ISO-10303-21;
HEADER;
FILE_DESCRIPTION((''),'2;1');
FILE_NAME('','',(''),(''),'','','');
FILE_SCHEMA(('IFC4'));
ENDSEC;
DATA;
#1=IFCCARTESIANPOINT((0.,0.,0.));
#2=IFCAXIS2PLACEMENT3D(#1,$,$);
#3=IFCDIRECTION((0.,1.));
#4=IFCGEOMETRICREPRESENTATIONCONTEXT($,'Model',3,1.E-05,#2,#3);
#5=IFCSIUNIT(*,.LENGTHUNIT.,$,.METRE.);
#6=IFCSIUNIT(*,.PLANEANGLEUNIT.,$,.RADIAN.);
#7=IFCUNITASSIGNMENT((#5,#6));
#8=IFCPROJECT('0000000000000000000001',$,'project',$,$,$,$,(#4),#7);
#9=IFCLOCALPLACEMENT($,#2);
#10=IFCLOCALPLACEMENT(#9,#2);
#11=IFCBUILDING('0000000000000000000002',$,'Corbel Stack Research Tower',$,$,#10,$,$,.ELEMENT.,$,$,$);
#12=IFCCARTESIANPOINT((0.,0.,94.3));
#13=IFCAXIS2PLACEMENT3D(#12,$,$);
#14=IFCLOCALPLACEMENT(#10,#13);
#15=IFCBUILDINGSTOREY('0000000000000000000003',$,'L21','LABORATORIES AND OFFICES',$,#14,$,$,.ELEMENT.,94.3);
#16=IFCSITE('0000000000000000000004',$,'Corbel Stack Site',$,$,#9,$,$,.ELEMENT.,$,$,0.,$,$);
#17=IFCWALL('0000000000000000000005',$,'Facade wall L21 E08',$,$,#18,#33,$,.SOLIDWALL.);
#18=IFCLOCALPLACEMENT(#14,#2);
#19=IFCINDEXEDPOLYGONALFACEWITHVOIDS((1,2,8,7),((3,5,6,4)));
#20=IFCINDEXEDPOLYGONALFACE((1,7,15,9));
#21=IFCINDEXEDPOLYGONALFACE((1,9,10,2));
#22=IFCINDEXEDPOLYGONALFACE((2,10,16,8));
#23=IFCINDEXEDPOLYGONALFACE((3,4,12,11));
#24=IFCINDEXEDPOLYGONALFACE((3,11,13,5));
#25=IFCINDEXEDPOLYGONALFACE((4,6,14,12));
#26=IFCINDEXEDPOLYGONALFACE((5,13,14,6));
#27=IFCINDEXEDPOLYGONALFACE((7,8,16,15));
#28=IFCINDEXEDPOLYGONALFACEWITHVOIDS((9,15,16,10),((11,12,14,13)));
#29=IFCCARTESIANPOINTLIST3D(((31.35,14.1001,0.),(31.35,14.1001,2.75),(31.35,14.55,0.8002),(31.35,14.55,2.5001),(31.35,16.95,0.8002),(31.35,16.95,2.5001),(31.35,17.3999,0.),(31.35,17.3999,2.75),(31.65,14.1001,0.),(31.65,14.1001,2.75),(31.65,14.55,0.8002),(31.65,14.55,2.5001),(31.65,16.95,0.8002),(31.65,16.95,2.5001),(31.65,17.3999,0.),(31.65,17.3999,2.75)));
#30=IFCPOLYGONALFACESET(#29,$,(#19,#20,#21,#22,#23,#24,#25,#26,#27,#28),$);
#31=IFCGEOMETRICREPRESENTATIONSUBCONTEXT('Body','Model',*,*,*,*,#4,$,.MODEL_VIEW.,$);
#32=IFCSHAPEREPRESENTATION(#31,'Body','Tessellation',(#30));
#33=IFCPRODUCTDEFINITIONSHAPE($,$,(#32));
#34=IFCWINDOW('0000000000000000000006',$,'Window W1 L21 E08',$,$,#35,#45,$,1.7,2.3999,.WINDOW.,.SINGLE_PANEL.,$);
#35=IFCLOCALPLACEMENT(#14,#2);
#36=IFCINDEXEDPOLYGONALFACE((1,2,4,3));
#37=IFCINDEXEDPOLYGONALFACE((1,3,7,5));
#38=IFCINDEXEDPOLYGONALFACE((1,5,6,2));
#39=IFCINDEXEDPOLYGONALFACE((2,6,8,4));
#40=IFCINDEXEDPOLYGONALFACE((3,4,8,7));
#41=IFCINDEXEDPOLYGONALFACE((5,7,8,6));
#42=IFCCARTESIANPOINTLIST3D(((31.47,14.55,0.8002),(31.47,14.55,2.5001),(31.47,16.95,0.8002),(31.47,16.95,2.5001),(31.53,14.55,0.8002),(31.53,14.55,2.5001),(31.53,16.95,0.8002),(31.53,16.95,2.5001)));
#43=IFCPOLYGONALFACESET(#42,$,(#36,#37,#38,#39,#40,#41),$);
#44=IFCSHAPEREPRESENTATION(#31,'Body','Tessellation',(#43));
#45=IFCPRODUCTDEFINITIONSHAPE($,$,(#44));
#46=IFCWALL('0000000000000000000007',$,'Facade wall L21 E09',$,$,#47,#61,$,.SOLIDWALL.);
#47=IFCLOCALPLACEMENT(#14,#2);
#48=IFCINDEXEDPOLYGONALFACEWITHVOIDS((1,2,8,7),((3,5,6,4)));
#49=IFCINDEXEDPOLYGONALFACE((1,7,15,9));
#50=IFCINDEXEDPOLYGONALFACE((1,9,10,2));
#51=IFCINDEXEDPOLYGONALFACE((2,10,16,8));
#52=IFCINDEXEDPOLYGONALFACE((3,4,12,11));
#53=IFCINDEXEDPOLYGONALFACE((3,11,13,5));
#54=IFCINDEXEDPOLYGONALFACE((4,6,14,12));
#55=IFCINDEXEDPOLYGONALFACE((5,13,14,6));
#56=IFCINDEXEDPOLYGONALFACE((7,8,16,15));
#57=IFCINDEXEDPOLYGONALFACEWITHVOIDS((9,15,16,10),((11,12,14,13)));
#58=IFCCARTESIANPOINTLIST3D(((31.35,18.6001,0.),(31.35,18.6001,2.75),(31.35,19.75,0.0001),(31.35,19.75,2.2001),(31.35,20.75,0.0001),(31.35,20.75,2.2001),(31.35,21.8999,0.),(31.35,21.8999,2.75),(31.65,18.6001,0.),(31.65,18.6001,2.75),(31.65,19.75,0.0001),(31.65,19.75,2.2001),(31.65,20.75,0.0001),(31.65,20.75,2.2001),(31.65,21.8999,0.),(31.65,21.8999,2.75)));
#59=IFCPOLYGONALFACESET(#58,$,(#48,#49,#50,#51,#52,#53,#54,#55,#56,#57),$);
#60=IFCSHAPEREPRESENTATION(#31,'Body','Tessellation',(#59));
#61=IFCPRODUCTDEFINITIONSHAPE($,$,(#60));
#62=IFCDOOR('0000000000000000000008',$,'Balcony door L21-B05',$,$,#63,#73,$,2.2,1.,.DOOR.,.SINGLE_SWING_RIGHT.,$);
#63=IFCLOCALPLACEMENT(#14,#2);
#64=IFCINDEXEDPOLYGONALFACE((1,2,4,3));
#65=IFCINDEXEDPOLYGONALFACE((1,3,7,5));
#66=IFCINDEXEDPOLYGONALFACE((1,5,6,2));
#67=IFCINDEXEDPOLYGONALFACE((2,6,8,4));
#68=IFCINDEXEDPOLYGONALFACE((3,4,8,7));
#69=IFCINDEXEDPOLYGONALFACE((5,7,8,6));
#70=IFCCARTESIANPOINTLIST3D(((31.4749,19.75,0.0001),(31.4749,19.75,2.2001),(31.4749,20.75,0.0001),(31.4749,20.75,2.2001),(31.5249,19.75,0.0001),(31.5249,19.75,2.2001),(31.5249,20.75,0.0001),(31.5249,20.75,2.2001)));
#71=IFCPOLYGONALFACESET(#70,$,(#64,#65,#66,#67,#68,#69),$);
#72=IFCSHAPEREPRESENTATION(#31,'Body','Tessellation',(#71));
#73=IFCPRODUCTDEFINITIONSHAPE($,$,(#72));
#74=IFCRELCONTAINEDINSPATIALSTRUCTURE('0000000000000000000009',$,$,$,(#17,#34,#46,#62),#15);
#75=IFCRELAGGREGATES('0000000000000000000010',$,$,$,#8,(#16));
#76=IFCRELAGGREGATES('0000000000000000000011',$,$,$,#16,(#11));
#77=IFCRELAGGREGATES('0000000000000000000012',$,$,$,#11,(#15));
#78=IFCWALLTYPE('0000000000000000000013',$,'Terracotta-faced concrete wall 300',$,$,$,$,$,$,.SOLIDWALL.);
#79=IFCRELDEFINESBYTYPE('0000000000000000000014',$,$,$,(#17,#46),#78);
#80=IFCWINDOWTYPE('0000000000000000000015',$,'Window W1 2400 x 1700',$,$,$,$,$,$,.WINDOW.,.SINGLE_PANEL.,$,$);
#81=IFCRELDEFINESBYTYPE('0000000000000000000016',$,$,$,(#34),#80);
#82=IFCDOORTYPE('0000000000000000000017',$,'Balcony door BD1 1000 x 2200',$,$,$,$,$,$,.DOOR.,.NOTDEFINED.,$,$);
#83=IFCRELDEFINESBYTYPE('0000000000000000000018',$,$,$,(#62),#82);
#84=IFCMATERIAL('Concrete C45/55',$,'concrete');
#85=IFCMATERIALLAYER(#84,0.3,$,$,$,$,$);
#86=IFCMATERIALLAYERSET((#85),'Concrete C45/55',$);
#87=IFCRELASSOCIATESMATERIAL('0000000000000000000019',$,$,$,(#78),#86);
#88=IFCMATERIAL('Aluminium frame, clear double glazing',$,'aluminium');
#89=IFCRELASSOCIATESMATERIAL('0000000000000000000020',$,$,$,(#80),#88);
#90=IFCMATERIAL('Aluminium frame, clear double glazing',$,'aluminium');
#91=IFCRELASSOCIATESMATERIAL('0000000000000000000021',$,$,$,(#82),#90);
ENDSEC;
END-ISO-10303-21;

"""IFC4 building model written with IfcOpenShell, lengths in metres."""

from ifc_helpers import new_model, si_unit, direction, frame, frame_2d, origin, place, context, subcontext, project, spatial, rectangle, extrude, material, layer, layer_set, type_object, element, fill, save


model = new_model("IFC4")

# Units and contexts
model_context = context("Model", 3, precision=1e-05, world=origin(), true_north=direction((0.0, 1.0)))
body_context = subcontext(model_context, "Body", "Model", "MODEL_VIEW")
ifc_project = project(units=[si_unit("LENGTHUNIT", "METRE"), si_unit("PLANEANGLEUNIT", "RADIAN")], contexts=[model_context])

# Site, building, storey
site_placement = place(None, origin())
site = spatial("IfcSite", under=ifc_project, at=site_placement, Name="Corbel Stack Site", CompositionType="ELEMENT", RefElevation=0.0)
building_placement = place(site_placement, origin())
building = spatial("IfcBuilding", under=site, at=building_placement, Name="Corbel Stack Research Tower", CompositionType="ELEMENT")
storey_placement = place(building_placement, frame((0.0, 0.0, 94.3)))
storey = spatial("IfcBuildingStorey", under=building, at=storey_placement, Name="L21", Description="LABORATORIES AND OFFICES", CompositionType="ELEMENT", Elevation=94.3)

# Wall, opening, window
ifc_material_1 = material(Name="Concrete C45/55", Category="concrete")
ifc_layer_1 = layer(ifc_material_1, 0.3)
ifc_layer_set_1 = layer_set([ifc_layer_1], Name="Concrete C45/55")
wall_type_1 = type_object("IfcWallType", Name="Terracotta-faced concrete wall 300", PredefinedType="SOLIDWALL", material=ifc_layer_set_1)
ifc_material_2 = material(Name="Aluminium frame, clear double glazing", Category="aluminium")
window_type = type_object("IfcWindowType", Name="Window W1 2400 x 1700", PartitioningType="SINGLE_PANEL", PredefinedType="WINDOW", material=ifc_material_2)
wall_1_placement = place(storey_placement, frame((31.5, 17.3999, 0.0), z_axis=(0.0, 0.0, 1.0), x_axis=(0.0, -1.0, 0.0)))
wall_1 = element("IfcWall", 1, at=wall_1_placement, inside=storey, type_object=wall_type_1, Name="Facade wall L21 E08", PredefinedType="SOLIDWALL", context=body_context, shape_type="SweptSolid", body=[
    extrude(rectangle(XDim=3.2998, YDim=0.3, at=frame_2d((1.6499, 0.0))), origin(), (0.0, 0.0, 1.0), 2.75),
])
opening_1_placement = place(wall_1_placement, frame((0.45, 0.0, 0.8)))
opening_1 = element("IfcOpeningElement", 2, at=opening_1_placement, cuts=wall_1, PredefinedType="OPENING", context=body_context, shape_type="SweptSolid", body=[
    extrude(rectangle(XDim=2.3999, YDim=1.7, at=frame_2d((1.2, 0.8501))), frame((0.0, 0.1599, 0.0), z_axis=(0.0, -1.0, 0.0), x_axis=(1.0, 0.0, 0.0)), (0.0, 0.0, 1.0), 0.3201),
])
window_1_placement = place(opening_1_placement, origin())
window_1 = element("IfcWindow", 3, at=window_1_placement, inside=storey, type_object=window_type, Name="Window W1 L21 E08", OverallHeight=1.7, OverallWidth=2.3999, PartitioningType="SINGLE_PANEL", PredefinedType="WINDOW", context=body_context, shape_type="SweptSolid", body=[
    extrude(rectangle(XDim=2.3999, YDim=1.7, at=frame_2d((1.2, 0.8501))), frame((0.0, 0.03, 0.0), z_axis=(0.0, -1.0, 0.0), x_axis=(1.0, 0.0, 0.0)), (0.0, 0.0, 1.0), 0.0601),
])
fill(opening_1, window_1)

# Wall, opening, door
wall_2_placement = place(storey_placement, frame((31.5, 21.8999, 0.0), z_axis=(0.0, 0.0, 1.0), x_axis=(0.0, -1.0, 0.0)))
wall_2 = element("IfcWall", 4, at=wall_2_placement, inside=storey, type_object=wall_type_1, Name="Facade wall L21 E09", PredefinedType="SOLIDWALL", context=body_context, shape_type="SweptSolid", body=[
    extrude(rectangle(XDim=3.2998, YDim=0.3, at=frame_2d((1.6499, 0.0))), origin(), (0.0, 0.0, 1.0), 2.75),
])
opening_2_placement = place(wall_2_placement, frame((1.1499, 0.0, 0.0)))
opening_2 = element("IfcOpeningElement", 5, at=opening_2_placement, cuts=wall_2, PredefinedType="OPENING", context=body_context, shape_type="SweptSolid", body=[
    extrude(rectangle(XDim=1.0, YDim=2.2, at=frame_2d((0.5, 1.1001))), frame((0.0, 0.1599, 0.0), z_axis=(0.0, -1.0, 0.0), x_axis=(1.0, 0.0, 0.0)), (0.0, 0.0, 1.0), 0.3201),
])
ifc_material_3 = material(Name="Aluminium frame, clear double glazing", Category="aluminium")
door_type_1 = type_object("IfcDoorType", Name="Balcony door BD1 1000 x 2200", OperationType="NOTDEFINED", PredefinedType="DOOR", material=ifc_material_3)
door_1_placement = place(opening_2_placement, origin())
door_1 = element("IfcDoor", 6, at=door_1_placement, inside=storey, type_object=door_type_1, Name="Balcony door L21-B05", OperationType="SINGLE_SWING_RIGHT", OverallHeight=2.2, OverallWidth=1.0, PredefinedType="DOOR", context=body_context, shape_type="SweptSolid", body=[
    extrude(rectangle(XDim=1.0, YDim=2.2, at=frame_2d((0.5, 1.1001))), frame((0.0, 0.0249, 0.0), z_axis=(0.0, -1.0, 0.0), x_axis=(1.0, 0.0, 0.0)), (0.0, 0.0, 1.0), 0.05),
])
fill(opening_2, door_1)

save(model, "model.ifc")
